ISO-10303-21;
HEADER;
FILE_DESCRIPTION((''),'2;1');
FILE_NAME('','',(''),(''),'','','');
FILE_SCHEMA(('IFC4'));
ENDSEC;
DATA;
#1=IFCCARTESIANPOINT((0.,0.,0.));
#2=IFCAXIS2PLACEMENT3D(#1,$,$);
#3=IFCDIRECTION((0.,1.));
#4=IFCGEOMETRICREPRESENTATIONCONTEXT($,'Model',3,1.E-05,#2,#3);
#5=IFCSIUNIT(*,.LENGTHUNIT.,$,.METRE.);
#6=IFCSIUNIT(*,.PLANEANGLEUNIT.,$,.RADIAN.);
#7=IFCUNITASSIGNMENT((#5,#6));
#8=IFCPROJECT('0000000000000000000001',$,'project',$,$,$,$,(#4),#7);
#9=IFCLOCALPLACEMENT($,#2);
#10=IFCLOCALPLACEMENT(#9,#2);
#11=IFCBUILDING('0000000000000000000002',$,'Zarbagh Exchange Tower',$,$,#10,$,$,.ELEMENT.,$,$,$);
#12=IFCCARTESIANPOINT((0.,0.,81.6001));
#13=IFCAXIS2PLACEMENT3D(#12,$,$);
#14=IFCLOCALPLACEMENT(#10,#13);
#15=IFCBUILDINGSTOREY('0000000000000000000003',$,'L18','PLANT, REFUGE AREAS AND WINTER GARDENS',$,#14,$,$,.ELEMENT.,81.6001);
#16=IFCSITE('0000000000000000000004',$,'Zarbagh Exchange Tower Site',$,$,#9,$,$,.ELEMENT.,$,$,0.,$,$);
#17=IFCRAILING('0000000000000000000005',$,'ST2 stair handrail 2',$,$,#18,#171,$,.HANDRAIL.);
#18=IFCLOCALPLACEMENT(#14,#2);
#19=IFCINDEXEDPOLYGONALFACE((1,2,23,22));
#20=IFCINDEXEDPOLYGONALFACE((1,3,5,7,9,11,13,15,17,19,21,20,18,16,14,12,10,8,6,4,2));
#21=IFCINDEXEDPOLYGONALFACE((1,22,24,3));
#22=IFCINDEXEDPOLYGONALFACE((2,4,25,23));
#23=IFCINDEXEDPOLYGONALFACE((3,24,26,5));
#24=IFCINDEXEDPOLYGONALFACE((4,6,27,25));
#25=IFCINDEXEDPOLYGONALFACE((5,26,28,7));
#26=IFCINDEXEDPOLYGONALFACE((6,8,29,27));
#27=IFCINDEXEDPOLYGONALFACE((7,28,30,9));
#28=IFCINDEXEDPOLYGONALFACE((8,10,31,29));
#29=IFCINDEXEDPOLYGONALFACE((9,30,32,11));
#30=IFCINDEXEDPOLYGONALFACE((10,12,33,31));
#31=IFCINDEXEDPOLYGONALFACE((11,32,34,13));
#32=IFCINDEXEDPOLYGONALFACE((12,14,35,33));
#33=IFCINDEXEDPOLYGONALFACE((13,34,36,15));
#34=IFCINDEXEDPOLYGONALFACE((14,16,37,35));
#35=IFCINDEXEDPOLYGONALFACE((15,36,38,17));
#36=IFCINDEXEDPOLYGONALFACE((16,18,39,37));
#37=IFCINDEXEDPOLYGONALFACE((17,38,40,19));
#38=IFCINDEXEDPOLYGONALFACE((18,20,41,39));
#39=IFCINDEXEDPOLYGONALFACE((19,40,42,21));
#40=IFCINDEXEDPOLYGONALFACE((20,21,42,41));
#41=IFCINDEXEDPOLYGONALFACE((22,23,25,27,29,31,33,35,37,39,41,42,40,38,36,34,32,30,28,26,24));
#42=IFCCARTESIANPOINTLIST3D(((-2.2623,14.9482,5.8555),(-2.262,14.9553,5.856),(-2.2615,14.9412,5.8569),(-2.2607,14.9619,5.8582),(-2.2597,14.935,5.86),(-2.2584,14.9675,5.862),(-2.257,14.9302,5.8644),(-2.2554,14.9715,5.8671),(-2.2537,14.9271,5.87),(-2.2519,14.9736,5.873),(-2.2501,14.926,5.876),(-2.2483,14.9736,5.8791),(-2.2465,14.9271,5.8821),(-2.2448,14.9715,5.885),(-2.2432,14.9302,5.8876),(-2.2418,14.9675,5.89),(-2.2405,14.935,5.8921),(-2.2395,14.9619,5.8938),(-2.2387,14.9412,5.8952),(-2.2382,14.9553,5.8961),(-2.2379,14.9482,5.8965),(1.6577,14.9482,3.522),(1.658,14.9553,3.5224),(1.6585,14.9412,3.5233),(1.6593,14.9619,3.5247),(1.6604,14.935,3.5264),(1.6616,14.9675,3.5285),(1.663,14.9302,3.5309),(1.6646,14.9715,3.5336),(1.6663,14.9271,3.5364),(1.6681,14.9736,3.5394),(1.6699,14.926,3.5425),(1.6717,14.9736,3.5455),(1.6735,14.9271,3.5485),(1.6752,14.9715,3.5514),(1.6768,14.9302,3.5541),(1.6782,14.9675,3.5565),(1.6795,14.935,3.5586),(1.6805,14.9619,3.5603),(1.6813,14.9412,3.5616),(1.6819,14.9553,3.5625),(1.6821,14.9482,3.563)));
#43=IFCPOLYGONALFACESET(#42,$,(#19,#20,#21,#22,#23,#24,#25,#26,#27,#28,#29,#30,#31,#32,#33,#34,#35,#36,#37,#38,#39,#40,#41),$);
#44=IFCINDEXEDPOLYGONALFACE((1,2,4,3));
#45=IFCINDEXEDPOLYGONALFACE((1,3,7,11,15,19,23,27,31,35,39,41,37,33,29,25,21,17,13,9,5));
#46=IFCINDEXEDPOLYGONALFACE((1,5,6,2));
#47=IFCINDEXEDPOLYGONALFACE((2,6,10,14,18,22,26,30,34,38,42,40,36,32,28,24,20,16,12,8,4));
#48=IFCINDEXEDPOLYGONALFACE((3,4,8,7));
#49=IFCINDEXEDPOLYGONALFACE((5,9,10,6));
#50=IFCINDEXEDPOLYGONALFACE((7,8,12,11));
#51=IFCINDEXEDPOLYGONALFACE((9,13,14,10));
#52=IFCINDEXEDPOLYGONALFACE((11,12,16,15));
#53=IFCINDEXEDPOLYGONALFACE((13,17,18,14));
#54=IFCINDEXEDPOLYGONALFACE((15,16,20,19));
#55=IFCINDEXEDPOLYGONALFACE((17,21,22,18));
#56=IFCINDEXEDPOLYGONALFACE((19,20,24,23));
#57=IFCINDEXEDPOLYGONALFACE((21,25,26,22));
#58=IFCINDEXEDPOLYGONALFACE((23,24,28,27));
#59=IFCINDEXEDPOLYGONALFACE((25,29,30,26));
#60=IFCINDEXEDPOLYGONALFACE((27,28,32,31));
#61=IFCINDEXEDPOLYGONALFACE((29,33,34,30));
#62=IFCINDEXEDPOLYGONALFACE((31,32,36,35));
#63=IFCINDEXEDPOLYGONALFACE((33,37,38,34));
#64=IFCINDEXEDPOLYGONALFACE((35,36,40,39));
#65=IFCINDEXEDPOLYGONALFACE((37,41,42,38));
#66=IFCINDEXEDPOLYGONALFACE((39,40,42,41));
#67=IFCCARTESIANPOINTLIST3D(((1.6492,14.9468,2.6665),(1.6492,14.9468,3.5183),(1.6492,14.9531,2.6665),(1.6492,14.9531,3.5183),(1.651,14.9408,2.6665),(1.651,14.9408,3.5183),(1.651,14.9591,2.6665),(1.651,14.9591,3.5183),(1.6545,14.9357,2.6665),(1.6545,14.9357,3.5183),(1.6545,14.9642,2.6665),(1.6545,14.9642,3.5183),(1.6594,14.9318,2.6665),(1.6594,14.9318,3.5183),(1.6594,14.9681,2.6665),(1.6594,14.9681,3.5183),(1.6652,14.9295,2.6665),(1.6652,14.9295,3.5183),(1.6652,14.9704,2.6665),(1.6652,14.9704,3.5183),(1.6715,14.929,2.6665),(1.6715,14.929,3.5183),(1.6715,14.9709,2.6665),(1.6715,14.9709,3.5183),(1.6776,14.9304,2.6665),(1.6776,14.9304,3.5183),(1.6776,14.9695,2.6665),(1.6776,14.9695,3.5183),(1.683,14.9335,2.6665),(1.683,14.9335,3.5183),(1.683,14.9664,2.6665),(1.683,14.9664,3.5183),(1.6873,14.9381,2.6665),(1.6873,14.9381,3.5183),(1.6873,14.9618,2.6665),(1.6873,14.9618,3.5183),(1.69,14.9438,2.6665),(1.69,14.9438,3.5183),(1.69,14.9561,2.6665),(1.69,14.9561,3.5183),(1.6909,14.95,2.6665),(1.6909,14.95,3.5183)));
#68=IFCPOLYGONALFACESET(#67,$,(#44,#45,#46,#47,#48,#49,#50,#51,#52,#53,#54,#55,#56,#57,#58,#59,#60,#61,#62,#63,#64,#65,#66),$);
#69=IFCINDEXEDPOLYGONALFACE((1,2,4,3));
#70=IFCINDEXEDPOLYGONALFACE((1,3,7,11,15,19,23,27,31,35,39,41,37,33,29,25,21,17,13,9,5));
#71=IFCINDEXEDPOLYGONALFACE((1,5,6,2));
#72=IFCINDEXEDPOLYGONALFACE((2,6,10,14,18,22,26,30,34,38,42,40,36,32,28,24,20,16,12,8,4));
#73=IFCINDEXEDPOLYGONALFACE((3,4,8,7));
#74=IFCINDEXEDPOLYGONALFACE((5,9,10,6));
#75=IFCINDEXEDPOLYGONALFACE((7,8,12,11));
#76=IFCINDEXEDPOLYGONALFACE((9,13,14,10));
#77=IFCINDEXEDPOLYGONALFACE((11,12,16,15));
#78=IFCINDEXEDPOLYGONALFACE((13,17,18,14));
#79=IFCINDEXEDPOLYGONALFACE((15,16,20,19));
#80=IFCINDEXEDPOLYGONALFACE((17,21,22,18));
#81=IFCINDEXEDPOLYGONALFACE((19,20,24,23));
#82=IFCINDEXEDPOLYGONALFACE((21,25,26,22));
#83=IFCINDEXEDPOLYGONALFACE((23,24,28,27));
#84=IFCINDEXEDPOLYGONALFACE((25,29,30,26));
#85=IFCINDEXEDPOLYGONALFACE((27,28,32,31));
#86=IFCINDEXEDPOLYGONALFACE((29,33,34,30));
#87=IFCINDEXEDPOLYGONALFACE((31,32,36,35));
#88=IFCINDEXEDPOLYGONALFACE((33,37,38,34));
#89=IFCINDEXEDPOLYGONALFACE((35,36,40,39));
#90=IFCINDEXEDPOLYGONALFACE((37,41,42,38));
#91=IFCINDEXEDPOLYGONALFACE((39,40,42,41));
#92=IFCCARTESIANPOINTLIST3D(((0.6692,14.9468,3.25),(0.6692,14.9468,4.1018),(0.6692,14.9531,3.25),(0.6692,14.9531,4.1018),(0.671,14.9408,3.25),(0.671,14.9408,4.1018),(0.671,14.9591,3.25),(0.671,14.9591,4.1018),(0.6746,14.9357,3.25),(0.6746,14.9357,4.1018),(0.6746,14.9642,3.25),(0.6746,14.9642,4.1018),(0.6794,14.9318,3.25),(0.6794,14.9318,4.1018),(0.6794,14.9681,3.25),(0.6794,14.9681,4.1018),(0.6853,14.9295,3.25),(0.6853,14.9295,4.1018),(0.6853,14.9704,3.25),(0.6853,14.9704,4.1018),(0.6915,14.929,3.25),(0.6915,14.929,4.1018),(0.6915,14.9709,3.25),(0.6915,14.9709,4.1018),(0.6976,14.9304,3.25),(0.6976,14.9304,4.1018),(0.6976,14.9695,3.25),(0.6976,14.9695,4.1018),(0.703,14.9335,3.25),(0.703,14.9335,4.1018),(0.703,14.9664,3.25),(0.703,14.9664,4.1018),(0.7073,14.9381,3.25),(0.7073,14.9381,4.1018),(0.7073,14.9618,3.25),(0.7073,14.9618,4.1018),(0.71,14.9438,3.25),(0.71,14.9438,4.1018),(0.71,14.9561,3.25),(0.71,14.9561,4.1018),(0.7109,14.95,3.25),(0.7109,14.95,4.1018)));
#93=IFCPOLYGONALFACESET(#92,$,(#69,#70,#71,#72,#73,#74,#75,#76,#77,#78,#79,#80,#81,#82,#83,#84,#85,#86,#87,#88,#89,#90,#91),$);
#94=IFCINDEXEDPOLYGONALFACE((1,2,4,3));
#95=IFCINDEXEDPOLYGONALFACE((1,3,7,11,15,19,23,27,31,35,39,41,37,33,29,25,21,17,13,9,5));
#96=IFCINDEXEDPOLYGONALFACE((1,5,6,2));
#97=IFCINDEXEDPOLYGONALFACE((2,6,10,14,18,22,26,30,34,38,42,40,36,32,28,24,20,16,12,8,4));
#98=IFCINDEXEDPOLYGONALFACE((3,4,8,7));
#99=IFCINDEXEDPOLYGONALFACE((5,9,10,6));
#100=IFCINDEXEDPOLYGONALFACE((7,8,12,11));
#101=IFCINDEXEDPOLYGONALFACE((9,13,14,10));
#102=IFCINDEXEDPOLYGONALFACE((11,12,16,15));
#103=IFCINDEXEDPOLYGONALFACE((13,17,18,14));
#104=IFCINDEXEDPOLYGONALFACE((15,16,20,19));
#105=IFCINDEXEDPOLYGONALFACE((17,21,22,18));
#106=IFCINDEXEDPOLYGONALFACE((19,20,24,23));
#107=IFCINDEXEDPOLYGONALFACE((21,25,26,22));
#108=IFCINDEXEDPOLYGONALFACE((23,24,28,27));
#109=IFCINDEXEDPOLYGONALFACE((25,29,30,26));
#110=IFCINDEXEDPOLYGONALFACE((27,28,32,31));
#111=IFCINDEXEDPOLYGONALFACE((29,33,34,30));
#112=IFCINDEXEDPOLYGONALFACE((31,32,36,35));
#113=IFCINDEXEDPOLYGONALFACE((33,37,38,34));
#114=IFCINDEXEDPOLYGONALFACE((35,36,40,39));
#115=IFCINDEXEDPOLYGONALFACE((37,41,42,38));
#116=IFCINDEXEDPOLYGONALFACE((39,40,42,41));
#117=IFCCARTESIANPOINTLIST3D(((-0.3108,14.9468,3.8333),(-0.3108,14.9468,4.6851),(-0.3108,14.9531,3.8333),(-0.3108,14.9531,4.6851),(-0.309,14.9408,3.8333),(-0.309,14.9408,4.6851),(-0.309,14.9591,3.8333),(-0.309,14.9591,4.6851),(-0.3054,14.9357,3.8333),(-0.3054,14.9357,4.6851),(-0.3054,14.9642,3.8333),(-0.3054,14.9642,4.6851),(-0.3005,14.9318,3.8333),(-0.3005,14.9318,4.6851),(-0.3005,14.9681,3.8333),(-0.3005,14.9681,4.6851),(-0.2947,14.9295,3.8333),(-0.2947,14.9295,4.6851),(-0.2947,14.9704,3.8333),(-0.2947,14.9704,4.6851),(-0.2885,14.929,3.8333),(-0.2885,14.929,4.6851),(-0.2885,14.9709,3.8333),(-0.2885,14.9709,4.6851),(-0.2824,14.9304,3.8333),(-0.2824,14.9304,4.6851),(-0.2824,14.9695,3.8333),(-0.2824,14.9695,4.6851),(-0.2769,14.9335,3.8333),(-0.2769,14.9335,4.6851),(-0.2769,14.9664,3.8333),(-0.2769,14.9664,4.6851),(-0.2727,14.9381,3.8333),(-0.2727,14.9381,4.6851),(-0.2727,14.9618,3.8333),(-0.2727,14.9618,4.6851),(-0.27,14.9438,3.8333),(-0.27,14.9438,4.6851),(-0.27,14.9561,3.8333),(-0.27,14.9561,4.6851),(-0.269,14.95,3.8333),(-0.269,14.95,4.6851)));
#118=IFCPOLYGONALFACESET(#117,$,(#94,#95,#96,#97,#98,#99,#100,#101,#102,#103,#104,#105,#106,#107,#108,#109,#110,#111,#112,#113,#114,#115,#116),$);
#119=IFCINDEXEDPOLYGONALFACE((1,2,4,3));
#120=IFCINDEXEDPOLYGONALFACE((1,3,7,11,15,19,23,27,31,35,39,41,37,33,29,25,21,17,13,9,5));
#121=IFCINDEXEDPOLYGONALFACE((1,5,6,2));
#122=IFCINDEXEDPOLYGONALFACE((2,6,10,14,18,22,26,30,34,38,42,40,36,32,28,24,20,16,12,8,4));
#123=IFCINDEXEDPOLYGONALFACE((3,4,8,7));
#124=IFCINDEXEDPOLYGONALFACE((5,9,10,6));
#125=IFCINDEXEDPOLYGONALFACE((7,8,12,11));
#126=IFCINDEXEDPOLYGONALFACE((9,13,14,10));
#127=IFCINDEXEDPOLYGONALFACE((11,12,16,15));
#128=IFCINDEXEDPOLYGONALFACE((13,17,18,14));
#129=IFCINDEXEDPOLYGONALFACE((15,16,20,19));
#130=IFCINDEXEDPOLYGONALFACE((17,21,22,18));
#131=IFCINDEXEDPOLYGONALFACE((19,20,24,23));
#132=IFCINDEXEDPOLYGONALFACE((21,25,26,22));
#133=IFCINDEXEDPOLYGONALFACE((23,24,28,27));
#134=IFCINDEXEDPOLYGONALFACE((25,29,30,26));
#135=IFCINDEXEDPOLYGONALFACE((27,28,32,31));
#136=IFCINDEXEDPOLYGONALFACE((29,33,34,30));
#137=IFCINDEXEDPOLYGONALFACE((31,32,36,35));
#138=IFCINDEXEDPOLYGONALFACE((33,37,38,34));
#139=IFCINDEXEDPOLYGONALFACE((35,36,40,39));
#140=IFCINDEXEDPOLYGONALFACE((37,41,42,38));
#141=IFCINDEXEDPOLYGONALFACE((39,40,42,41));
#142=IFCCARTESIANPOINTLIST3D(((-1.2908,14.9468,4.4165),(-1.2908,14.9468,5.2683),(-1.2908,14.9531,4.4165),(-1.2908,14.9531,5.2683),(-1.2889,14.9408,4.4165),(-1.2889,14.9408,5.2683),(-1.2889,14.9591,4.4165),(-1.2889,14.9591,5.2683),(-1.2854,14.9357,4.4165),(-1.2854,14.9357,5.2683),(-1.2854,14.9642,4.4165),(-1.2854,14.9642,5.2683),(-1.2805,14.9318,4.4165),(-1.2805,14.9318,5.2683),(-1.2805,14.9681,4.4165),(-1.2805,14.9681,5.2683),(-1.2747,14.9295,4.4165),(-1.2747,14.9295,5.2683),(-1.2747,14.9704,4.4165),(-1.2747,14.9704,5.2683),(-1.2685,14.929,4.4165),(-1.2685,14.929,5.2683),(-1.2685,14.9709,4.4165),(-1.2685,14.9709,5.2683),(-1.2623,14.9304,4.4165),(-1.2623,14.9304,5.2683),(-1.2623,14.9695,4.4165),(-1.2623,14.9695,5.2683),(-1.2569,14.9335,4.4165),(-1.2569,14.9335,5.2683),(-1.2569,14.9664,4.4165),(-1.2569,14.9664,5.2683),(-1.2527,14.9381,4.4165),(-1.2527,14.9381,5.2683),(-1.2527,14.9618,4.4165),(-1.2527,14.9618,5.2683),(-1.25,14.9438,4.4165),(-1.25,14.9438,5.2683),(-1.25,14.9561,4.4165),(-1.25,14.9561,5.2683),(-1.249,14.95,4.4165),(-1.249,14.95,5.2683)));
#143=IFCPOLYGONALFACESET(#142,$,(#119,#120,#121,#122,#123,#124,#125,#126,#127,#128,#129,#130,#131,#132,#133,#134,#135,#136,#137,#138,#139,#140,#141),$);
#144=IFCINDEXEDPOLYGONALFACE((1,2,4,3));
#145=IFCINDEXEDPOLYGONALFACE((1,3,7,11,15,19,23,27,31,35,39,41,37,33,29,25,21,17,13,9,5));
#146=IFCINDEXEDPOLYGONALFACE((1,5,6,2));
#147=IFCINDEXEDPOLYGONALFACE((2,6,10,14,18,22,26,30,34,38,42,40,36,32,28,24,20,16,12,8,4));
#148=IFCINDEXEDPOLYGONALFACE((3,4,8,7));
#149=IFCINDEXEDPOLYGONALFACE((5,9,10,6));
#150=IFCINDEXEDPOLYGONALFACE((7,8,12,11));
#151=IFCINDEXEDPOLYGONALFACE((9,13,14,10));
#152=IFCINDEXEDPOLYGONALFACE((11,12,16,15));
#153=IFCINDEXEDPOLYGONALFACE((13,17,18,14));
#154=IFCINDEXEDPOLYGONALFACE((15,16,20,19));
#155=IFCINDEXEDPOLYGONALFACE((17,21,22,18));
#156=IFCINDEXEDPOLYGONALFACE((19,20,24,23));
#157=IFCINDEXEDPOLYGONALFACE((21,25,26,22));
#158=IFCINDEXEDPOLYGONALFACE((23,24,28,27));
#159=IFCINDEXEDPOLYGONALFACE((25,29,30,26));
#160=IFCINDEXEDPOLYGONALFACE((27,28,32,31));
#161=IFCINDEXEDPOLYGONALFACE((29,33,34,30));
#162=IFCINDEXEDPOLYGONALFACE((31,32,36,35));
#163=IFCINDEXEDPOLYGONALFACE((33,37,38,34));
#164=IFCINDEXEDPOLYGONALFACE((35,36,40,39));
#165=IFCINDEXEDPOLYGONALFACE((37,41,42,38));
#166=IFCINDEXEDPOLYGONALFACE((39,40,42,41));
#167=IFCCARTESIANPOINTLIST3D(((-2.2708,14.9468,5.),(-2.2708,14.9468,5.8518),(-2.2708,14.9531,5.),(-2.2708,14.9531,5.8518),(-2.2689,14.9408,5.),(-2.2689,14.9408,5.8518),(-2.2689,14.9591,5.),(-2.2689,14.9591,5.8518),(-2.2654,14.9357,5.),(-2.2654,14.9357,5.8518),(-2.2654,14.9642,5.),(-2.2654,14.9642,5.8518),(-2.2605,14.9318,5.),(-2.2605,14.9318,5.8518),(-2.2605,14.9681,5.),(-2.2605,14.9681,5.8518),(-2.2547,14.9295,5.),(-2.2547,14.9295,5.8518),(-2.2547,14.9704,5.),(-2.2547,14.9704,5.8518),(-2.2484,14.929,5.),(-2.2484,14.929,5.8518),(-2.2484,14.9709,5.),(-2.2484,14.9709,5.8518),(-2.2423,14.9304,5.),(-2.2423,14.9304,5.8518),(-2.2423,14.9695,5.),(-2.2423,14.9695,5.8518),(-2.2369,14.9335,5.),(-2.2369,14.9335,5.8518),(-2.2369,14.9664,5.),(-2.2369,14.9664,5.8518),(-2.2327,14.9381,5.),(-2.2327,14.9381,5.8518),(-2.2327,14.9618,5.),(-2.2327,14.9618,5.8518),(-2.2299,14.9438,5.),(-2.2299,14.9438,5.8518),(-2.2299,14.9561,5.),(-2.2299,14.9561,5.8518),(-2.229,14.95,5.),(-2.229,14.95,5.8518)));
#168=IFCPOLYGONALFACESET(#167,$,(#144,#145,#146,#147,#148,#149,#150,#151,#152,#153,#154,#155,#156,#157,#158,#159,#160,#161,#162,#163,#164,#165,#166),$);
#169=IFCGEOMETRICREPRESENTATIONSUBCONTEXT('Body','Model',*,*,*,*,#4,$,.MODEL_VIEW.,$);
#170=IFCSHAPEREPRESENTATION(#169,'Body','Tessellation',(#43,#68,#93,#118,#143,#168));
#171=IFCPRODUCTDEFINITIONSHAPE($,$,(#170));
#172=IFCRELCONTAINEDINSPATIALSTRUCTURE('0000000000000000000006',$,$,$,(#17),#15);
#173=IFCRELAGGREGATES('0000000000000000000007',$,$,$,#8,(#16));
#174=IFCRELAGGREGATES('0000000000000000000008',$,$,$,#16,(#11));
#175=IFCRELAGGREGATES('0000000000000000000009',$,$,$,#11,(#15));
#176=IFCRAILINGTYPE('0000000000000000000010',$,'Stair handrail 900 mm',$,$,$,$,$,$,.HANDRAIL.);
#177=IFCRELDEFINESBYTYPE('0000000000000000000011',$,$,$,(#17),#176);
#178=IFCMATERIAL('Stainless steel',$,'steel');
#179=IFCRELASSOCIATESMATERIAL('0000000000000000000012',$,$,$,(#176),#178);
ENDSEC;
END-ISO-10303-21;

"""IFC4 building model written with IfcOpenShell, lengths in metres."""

from ifc_helpers import new_model, si_unit, direction, frame, origin, origin_2d, place, context, subcontext, project, spatial, circle, extrude, material, type_object, element, save


model = new_model("IFC4")

# Units and contexts
model_context = context("Model", 3, precision=1e-05, world=origin(), true_north=direction((0.0, 1.0)))
body_context = subcontext(model_context, "Body", "Model", "MODEL_VIEW")
ifc_project = project(units=[si_unit("LENGTHUNIT", "METRE"), si_unit("PLANEANGLEUNIT", "RADIAN")], contexts=[model_context])

# Site, building, storey
site_placement = place(None, origin())
site = spatial("IfcSite", under=ifc_project, at=site_placement, Name="Zarbagh Exchange Tower Site", CompositionType="ELEMENT", RefElevation=0.0)
building_placement = place(site_placement, origin())
building = spatial("IfcBuilding", under=site, at=building_placement, Name="Zarbagh Exchange Tower", CompositionType="ELEMENT")
storey_placement = place(building_placement, frame((0.0, 0.0, 81.6001)))
storey = spatial("IfcBuildingStorey", under=building, at=storey_placement, Name="L18", Description="PLANT, REFUGE AREAS AND WINTER GARDENS", CompositionType="ELEMENT", Elevation=81.6001)

# Shared definitions
ifc_material_1 = material(Name="Stainless steel", Category="steel")

# Railing
railing_type = type_object("IfcRailingType", Name="Stair handrail 900 mm", PredefinedType="HANDRAIL", material=ifc_material_1)
for number, where, name in (
    (1, (1.6699, 14.95, 2.6665), "ST2 stair handrail 2"),
):
    element("IfcRailing", number, at=place(storey_placement, frame(where)), inside=storey, type_object=railing_type, Name=name, PredefinedType="HANDRAIL", context=body_context, shape_type="SweptSolid", body=[
        extrude(circle(Radius=0.0239, at=origin_2d()), frame((0.0, 0.0, 0.876), z_axis=(-0.859273, 0.0, 0.511518), x_axis=(0.0, -1.0, 0.0)), (0.0, 0.0, 1.0), 4.562),
        extrude(circle(Radius=0.021, at=origin_2d()), origin(), (0.0, 0.0, 1.0), 0.8518),
        extrude(circle(Radius=0.021, at=origin_2d()), frame((-0.98, 0.0, 0.5835)), (0.0, 0.0, 1.0), 0.8518),
        extrude(circle(Radius=0.021, at=origin_2d()), frame((-1.96, 0.0, 1.1667)), (0.0, 0.0, 1.0), 0.8518),
        extrude(circle(Radius=0.021, at=origin_2d()), frame((-2.9399, 0.0, 1.75)), (0.0, 0.0, 1.0), 0.8518),
        extrude(circle(Radius=0.021, at=origin_2d()), frame((-3.9199, 0.0, 2.3335)), (0.0, 0.0, 1.0), 0.8518),
    ])

save(model, "model.ifc")
